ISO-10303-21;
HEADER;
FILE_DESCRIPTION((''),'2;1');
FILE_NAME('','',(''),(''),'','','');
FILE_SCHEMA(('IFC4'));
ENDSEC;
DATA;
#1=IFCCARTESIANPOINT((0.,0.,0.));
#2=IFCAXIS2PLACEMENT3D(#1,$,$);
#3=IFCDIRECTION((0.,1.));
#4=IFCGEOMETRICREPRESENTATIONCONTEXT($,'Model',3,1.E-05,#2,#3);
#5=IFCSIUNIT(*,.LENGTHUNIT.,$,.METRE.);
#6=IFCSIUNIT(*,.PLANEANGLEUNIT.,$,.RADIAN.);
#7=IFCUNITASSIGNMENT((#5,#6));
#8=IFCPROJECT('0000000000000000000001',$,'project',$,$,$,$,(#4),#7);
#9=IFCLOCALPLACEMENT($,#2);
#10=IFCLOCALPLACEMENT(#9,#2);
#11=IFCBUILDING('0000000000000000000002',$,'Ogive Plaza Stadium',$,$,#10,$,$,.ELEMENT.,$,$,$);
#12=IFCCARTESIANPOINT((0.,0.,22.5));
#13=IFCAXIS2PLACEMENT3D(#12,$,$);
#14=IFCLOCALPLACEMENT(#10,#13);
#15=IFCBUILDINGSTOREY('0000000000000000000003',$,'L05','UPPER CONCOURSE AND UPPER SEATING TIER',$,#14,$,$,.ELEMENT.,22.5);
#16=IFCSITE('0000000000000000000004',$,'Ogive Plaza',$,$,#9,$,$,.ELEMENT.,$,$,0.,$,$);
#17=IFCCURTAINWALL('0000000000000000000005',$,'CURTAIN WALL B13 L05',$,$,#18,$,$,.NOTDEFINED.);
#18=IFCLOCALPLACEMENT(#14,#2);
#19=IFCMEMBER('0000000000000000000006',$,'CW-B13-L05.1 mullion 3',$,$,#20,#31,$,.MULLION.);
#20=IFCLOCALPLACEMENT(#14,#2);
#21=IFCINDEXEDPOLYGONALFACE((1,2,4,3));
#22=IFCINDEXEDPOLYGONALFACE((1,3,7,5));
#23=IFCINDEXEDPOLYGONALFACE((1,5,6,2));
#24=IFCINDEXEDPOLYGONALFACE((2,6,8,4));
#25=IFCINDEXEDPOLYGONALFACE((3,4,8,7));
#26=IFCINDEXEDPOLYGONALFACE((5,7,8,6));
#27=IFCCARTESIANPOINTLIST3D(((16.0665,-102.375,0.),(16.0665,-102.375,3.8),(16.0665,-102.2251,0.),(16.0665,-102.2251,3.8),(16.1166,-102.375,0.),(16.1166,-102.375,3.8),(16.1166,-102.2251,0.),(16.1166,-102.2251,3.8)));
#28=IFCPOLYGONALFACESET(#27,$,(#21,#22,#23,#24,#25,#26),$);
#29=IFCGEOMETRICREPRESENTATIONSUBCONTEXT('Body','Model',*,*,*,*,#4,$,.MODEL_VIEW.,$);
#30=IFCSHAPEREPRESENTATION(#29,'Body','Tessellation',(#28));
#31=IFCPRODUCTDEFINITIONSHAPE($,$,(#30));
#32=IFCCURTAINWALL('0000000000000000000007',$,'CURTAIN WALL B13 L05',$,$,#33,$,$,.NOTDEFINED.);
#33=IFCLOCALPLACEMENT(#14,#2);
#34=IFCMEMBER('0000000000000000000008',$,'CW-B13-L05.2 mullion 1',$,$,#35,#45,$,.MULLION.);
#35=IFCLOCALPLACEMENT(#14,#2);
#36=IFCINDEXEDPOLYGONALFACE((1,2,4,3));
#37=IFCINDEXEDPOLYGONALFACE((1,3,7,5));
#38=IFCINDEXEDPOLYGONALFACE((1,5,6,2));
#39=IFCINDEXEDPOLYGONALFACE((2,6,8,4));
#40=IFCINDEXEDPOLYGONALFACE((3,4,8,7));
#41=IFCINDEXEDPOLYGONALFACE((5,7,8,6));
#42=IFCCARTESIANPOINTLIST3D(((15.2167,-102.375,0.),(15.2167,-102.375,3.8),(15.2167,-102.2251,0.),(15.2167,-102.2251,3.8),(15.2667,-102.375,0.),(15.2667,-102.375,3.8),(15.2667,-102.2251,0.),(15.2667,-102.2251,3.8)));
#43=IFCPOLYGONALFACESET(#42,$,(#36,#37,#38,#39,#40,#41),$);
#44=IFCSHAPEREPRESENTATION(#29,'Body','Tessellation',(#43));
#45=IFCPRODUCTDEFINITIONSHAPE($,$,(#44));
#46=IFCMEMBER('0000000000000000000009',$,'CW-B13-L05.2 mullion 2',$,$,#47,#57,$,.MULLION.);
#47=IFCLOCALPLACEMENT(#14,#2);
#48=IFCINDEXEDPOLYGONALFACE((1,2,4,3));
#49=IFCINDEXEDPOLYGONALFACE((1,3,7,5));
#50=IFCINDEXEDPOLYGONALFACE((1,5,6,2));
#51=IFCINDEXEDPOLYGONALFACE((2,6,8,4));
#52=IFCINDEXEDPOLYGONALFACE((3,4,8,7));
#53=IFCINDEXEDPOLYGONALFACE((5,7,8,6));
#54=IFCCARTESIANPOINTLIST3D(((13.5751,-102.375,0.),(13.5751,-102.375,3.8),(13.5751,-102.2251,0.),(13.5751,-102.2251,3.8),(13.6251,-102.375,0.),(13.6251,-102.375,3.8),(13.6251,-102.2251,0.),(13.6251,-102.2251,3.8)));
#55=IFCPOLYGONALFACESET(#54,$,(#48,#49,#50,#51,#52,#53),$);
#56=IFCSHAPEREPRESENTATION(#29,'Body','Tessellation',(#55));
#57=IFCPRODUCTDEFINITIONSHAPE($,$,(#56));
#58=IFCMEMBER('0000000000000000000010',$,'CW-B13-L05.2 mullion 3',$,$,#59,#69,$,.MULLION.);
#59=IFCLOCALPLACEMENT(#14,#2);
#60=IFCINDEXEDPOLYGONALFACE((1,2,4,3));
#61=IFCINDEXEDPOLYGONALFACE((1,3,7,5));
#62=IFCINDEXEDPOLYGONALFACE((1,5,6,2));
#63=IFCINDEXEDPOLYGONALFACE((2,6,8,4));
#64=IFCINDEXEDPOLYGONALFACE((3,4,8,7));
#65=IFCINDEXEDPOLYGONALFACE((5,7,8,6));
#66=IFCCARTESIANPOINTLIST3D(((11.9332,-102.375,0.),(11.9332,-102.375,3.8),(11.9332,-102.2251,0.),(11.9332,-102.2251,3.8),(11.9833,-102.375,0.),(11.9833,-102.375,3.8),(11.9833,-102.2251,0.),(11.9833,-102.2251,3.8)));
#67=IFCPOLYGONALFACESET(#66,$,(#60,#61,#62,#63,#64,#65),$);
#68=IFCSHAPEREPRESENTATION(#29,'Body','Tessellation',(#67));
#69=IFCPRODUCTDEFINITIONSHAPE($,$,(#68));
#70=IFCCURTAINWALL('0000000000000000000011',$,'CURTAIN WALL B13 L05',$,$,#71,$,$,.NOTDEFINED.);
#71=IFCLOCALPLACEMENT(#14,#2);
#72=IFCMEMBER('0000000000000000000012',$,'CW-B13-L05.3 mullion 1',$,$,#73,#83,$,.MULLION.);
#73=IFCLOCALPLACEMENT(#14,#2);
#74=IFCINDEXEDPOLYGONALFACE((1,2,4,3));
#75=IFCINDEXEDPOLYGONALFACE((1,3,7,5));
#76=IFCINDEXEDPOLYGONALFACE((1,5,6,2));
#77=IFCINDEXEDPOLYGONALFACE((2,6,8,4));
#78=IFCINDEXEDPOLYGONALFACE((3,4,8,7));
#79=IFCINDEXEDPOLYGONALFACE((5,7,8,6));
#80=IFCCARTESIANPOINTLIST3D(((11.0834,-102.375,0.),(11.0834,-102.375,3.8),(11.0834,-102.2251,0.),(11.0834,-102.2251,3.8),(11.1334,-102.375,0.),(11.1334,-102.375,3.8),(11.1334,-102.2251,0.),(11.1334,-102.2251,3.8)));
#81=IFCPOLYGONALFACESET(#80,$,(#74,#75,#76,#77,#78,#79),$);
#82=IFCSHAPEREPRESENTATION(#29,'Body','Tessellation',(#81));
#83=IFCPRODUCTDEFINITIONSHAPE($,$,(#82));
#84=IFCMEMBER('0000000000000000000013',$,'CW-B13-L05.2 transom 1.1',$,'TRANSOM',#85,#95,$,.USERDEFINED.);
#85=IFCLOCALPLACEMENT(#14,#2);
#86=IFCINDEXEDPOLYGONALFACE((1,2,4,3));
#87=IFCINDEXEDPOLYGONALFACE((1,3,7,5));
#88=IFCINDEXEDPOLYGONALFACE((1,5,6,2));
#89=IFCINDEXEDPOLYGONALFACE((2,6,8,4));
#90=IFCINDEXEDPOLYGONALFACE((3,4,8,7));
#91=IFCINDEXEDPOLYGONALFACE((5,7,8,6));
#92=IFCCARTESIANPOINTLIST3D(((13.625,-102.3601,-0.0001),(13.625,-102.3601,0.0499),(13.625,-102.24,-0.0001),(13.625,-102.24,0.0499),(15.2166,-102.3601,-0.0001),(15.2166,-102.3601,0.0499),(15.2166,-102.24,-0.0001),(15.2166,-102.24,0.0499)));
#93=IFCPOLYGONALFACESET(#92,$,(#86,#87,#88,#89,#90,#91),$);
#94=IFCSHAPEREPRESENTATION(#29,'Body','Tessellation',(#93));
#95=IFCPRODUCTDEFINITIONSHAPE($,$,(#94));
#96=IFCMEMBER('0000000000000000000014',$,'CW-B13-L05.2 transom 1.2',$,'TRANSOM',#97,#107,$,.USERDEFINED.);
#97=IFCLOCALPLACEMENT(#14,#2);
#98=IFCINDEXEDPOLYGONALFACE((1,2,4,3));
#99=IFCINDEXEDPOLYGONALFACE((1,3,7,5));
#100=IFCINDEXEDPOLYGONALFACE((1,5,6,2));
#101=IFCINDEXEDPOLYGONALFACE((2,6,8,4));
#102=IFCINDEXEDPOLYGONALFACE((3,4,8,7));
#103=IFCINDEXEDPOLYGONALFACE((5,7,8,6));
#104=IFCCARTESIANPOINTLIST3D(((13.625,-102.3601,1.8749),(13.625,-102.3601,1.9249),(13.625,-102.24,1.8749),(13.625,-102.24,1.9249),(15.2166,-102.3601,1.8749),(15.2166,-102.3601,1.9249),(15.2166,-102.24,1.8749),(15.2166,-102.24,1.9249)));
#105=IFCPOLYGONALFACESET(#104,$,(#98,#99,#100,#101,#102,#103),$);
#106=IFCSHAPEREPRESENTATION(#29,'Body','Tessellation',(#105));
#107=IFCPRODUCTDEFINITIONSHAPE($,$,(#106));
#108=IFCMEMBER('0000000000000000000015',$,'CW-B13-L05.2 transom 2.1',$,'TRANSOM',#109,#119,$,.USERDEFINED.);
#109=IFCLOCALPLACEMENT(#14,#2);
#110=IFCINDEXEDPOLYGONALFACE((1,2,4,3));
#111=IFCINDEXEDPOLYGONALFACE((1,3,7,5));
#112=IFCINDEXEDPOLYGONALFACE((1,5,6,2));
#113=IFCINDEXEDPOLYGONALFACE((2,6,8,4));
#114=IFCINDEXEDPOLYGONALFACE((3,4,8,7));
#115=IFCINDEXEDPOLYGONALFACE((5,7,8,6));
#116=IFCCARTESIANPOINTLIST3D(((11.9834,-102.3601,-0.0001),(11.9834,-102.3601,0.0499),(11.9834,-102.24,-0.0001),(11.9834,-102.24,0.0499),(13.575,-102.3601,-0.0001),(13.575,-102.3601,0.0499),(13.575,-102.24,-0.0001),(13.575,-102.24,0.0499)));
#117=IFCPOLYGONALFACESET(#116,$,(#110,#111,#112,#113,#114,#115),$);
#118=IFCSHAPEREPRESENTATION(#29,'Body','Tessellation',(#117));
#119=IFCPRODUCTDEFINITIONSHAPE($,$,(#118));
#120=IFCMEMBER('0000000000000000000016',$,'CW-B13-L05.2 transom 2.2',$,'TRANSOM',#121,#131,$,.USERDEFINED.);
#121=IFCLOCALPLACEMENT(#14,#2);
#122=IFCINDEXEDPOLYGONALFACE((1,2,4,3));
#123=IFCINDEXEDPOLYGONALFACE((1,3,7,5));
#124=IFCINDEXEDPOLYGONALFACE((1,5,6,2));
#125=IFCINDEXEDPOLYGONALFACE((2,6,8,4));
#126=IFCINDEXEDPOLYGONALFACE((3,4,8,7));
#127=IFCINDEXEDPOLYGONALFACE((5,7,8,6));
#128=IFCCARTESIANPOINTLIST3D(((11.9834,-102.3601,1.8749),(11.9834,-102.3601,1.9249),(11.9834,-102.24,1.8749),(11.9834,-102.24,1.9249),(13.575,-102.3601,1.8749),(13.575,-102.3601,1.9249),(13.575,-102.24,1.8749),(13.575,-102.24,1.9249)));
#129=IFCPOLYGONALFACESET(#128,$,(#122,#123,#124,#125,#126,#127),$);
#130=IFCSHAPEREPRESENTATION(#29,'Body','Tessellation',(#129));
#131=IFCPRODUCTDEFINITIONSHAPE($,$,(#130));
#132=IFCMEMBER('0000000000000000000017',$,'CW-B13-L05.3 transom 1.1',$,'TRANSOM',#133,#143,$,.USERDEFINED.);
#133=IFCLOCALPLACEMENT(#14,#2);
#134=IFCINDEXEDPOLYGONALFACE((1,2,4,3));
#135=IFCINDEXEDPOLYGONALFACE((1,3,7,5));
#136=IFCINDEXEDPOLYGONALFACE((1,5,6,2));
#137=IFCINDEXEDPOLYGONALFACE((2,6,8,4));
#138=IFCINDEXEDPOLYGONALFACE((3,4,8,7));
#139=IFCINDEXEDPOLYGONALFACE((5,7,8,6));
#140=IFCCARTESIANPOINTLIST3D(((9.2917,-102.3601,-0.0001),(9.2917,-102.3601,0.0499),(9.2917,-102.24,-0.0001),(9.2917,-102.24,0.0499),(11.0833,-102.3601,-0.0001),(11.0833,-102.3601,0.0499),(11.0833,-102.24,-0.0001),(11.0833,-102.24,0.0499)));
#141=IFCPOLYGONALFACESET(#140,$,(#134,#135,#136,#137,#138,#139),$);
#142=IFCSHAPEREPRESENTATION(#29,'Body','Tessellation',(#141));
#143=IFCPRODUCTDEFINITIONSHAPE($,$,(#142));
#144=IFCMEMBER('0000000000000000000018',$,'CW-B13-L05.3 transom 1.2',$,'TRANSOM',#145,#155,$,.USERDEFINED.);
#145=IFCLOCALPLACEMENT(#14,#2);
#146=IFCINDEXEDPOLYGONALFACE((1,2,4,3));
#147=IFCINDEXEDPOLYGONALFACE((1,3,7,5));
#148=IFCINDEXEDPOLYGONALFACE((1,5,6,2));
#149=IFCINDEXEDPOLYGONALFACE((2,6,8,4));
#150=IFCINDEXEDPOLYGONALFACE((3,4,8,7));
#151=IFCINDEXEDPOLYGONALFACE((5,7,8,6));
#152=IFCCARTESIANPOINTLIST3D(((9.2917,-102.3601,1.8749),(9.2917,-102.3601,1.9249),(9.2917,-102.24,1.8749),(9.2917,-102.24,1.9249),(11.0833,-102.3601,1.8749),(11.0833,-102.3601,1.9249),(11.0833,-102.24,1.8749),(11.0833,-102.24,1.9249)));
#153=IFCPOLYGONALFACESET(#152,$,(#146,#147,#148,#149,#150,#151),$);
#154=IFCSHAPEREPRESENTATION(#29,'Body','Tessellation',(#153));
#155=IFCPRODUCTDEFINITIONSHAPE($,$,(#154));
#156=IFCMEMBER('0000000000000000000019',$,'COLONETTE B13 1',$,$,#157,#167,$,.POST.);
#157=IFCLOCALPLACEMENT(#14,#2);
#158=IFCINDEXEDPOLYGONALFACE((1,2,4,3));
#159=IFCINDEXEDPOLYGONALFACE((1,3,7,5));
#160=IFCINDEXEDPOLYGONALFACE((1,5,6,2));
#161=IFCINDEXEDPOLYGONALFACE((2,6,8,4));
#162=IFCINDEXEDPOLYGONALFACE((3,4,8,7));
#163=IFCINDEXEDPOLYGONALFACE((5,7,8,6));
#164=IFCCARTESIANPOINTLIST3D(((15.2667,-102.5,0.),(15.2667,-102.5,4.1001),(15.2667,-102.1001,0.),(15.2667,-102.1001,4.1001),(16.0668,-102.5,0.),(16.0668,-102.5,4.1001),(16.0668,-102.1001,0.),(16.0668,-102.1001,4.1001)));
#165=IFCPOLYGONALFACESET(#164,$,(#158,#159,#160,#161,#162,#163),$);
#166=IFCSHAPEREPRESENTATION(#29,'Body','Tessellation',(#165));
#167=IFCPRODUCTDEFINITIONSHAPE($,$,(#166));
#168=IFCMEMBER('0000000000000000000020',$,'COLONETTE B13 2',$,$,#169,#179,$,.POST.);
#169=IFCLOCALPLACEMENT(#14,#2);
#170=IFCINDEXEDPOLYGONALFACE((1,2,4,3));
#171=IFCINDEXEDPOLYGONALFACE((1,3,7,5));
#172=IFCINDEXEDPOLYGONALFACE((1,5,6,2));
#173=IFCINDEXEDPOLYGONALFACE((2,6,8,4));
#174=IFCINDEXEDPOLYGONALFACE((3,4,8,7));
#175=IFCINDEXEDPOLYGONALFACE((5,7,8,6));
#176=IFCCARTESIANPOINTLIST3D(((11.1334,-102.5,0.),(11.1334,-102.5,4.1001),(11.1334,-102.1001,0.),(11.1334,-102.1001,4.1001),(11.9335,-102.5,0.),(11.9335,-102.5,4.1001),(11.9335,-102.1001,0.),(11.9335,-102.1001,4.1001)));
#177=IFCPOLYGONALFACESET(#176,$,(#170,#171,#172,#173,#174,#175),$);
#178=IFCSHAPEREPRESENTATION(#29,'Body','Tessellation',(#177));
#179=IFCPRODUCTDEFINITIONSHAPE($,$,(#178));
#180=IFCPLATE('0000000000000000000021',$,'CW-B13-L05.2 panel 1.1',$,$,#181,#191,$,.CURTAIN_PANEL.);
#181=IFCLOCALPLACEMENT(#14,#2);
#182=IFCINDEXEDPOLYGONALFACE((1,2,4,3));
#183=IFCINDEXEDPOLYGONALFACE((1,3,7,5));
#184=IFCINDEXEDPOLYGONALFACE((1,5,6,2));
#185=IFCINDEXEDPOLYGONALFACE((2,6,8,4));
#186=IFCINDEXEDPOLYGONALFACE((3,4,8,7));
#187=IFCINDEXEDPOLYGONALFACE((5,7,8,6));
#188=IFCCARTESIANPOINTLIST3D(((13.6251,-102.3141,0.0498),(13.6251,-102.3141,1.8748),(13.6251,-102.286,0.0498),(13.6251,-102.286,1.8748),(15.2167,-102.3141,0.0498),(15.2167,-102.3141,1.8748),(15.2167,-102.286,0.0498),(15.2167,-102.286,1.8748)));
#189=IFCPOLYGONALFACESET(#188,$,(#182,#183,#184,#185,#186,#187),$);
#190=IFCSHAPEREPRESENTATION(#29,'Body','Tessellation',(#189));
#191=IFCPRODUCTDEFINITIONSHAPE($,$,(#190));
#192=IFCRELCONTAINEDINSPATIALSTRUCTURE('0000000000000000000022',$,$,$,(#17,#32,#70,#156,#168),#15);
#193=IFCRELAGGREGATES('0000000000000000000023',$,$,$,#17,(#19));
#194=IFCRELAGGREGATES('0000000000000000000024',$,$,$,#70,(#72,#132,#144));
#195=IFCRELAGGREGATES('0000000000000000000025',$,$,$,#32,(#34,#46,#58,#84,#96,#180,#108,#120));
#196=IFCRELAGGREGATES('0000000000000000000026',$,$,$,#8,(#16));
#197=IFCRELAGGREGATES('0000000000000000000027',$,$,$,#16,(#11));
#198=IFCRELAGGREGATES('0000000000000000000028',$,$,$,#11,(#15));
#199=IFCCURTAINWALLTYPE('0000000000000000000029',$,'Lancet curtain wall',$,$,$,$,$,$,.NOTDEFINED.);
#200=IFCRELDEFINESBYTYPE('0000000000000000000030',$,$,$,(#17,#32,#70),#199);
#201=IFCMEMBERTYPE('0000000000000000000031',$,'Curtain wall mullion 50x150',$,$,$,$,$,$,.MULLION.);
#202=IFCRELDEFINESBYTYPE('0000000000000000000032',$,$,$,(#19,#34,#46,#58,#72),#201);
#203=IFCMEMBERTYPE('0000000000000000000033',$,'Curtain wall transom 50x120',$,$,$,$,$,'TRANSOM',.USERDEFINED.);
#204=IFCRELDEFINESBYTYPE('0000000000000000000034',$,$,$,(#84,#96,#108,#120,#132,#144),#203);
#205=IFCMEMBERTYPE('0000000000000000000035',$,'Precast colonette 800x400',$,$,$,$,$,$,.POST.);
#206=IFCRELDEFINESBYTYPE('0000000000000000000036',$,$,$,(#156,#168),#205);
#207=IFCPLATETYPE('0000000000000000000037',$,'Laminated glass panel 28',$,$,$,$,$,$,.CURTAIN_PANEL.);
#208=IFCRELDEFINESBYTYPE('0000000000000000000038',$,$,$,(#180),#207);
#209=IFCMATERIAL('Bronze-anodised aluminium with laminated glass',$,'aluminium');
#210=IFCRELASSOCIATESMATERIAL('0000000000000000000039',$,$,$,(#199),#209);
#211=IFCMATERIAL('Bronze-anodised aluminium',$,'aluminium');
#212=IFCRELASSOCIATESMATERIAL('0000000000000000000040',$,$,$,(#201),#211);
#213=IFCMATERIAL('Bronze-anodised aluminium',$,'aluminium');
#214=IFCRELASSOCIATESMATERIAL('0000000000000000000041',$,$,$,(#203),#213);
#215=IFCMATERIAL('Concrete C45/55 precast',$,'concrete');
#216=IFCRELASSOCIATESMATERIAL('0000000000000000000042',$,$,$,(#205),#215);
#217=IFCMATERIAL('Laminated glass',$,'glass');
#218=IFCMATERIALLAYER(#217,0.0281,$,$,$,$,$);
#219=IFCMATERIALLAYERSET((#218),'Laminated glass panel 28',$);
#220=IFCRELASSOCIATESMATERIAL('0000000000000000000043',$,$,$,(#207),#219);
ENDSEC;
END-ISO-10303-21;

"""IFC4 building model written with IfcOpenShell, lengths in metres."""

from ifc_helpers import new_model, si_unit, direction, frame, origin, origin_2d, place, context, subcontext, project, spatial, rectangle, extrude, material, layer, layer_set, material_profile, profile_set, type_object, element, aggregate, save


model = new_model("IFC4")

# Units and contexts
model_context = context("Model", 3, precision=1e-05, world=origin(), true_north=direction((0.0, 1.0)))
body_context = subcontext(model_context, "Body", "Model", "MODEL_VIEW")
ifc_project = project(units=[si_unit("LENGTHUNIT", "METRE"), si_unit("PLANEANGLEUNIT", "RADIAN")], contexts=[model_context])

# Site, building, storey
site_placement = place(None, origin())
site = spatial("IfcSite", under=ifc_project, at=site_placement, Name="Ogive Plaza", CompositionType="ELEMENT", RefElevation=0.0)
building_placement = place(site_placement, origin())
building = spatial("IfcBuilding", under=site, at=building_placement, Name="Ogive Plaza Stadium", CompositionType="ELEMENT")
storey_placement = place(building_placement, frame((0.0, 0.0, 22.5)))
storey = spatial("IfcBuildingStorey", under=building, at=storey_placement, Name="L05", Description="UPPER CONCOURSE AND UPPER SEATING TIER", CompositionType="ELEMENT", Elevation=22.5)

# Curtain wall, member
ifc_material_1 = material(Name="Bronze-anodised aluminium with laminated glass", Category="aluminium")
curtain_wall_type = type_object("IfcCurtainWallType", Name="Lancet curtain wall", PredefinedType="NOTDEFINED", material=ifc_material_1)
curtain_wall_1_placement = place(storey_placement, origin())
curtain_wall_1 = element("IfcCurtainWall", 1, at=curtain_wall_1_placement, inside=storey, type_object=curtain_wall_type, Name="CURTAIN WALL B13 L05", PredefinedType="NOTDEFINED")
ifc_material_2 = material(Name="Bronze-anodised aluminium", Category="aluminium")
ifc_material_profile_1 = material_profile(ifc_material_2, rectangle(XDim=0.1499, YDim=0.05, at=origin_2d()), Name="AL 150x50")
ifc_profile_set_1 = profile_set([ifc_material_profile_1], Name="Bronze-anodised aluminium")
member_type_1 = type_object("IfcMemberType", Name="Curtain wall mullion 50x150", PredefinedType="MULLION", material=ifc_profile_set_1)
member_1_placement = place(storey_placement, frame((16.0916, -102.3, 0.0), z_axis=(0.0, 0.0, 1.0), x_axis=(0.0, -1.0, 0.0)))
member_1 = element("IfcMember", 2, at=member_1_placement, type_object=member_type_1, Name="CW-B13-L05.1 mullion 3", PredefinedType="MULLION", context=body_context, shape_type="SweptSolid", body=[
    extrude(rectangle(XDim=0.1499, YDim=0.05, at=origin_2d()), origin(), (0.0, 0.0, 1.0), 3.8),
])
aggregate(curtain_wall_1, [member_1])

# Curtain wall, members
curtain_wall_2_placement = place(storey_placement, origin())
curtain_wall_2 = element("IfcCurtainWall", 3, at=curtain_wall_2_placement, inside=storey, type_object=curtain_wall_type, Name="CURTAIN WALL B13 L05", PredefinedType="NOTDEFINED")
member_2_placement = place(storey_placement, frame((15.2417, -102.3, 0.0), z_axis=(0.0, 0.0, 1.0), x_axis=(0.0, -1.0, 0.0)))
member_2 = element("IfcMember", 4, at=member_2_placement, type_object=member_type_1, Name="CW-B13-L05.2 mullion 1", PredefinedType="MULLION", context=body_context, shape_type="SweptSolid", body=[
    extrude(rectangle(XDim=0.1499, YDim=0.05, at=origin_2d()), origin(), (0.0, 0.0, 1.0), 3.8),
])
member_3_placement = place(storey_placement, frame((13.6001, -102.3, 0.0), z_axis=(0.0, 0.0, 1.0), x_axis=(0.0, -1.0, 0.0)))
member_3 = element("IfcMember", 5, at=member_3_placement, type_object=member_type_1, Name="CW-B13-L05.2 mullion 2", PredefinedType="MULLION", context=body_context, shape_type="SweptSolid", body=[
    extrude(rectangle(XDim=0.1499, YDim=0.05, at=origin_2d()), origin(), (0.0, 0.0, 1.0), 3.8),
])
member_4_placement = place(storey_placement, frame((11.9583, -102.3, 0.0), z_axis=(0.0, 0.0, 1.0), x_axis=(0.0, -1.0, 0.0)))
member_4 = element("IfcMember", 6, at=member_4_placement, type_object=member_type_1, Name="CW-B13-L05.2 mullion 3", PredefinedType="MULLION", context=body_context, shape_type="SweptSolid", body=[
    extrude(rectangle(XDim=0.1499, YDim=0.05, at=origin_2d()), origin(), (0.0, 0.0, 1.0), 3.8),
])

# Curtain wall, member
curtain_wall_3_placement = place(storey_placement, origin())
curtain_wall_3 = element("IfcCurtainWall", 7, at=curtain_wall_3_placement, inside=storey, type_object=curtain_wall_type, Name="CURTAIN WALL B13 L05", PredefinedType="NOTDEFINED")
member_5_placement = place(storey_placement, frame((11.1084, -102.3, 0.0), z_axis=(0.0, 0.0, 1.0), x_axis=(0.0, -1.0, 0.0)))
member_5 = element("IfcMember", 8, at=member_5_placement, type_object=member_type_1, Name="CW-B13-L05.3 mullion 1", PredefinedType="MULLION", context=body_context, shape_type="SweptSolid", body=[
    extrude(rectangle(XDim=0.1499, YDim=0.05, at=origin_2d()), origin(), (0.0, 0.0, 1.0), 3.8),
])

# Members
ifc_material_3 = material(Name="Bronze-anodised aluminium", Category="aluminium")
ifc_material_profile_2 = material_profile(ifc_material_3, rectangle(XDim=0.1201, YDim=0.05, at=origin_2d()), Name="AL 120x50")
ifc_profile_set_2 = profile_set([ifc_material_profile_2], Name="Bronze-anodised aluminium")
member_type_2 = type_object("IfcMemberType", Name="Curtain wall transom 50x120", ElementType="TRANSOM", PredefinedType="USERDEFINED", material=ifc_profile_set_2)
member_6_placement = place(storey_placement, frame((15.2166, -102.3, 0.0249), z_axis=(-1.0, 0.0, 0.0), x_axis=(0.0, -1.0, 0.0)))
member_6 = element("IfcMember", 9, at=member_6_placement, type_object=member_type_2, Name="CW-B13-L05.2 transom 1.1", ObjectType="TRANSOM", PredefinedType="USERDEFINED", context=body_context, shape_type="SweptSolid", body=[
    extrude(rectangle(XDim=0.1201, YDim=0.05, at=origin_2d()), origin(), (0.0, 0.0, 1.0), 1.5916),
])
member_7_placement = place(storey_placement, frame((15.2166, -102.3, 1.8999), z_axis=(-1.0, 0.0, 0.0), x_axis=(0.0, -1.0, 0.0)))
member_7 = element("IfcMember", 10, at=member_7_placement, type_object=member_type_2, Name="CW-B13-L05.2 transom 1.2", ObjectType="TRANSOM", PredefinedType="USERDEFINED", context=body_context, shape_type="SweptSolid", body=[
    extrude(rectangle(XDim=0.1201, YDim=0.05, at=origin_2d()), origin(), (0.0, 0.0, 1.0), 1.5916),
])
member_8_placement = place(storey_placement, frame((13.575, -102.3, 0.0249), z_axis=(-1.0, 0.0, 0.0), x_axis=(0.0, -1.0, 0.0)))
member_8 = element("IfcMember", 11, at=member_8_placement, type_object=member_type_2, Name="CW-B13-L05.2 transom 2.1", ObjectType="TRANSOM", PredefinedType="USERDEFINED", context=body_context, shape_type="SweptSolid", body=[
    extrude(rectangle(XDim=0.1201, YDim=0.05, at=origin_2d()), origin(), (0.0, 0.0, 1.0), 1.5916),
])
member_9_placement = place(storey_placement, frame((13.575, -102.3, 1.8999), z_axis=(-1.0, 0.0, 0.0), x_axis=(0.0, -1.0, 0.0)))
member_9 = element("IfcMember", 12, at=member_9_placement, type_object=member_type_2, Name="CW-B13-L05.2 transom 2.2", ObjectType="TRANSOM", PredefinedType="USERDEFINED", context=body_context, shape_type="SweptSolid", body=[
    extrude(rectangle(XDim=0.1201, YDim=0.05, at=origin_2d()), origin(), (0.0, 0.0, 1.0), 1.5916),
])
member_10_placement = place(storey_placement, frame((11.0833, -102.3, 0.0249), z_axis=(-1.0, 0.0, 0.0), x_axis=(0.0, -1.0, 0.0)))
member_10 = element("IfcMember", 13, at=member_10_placement, type_object=member_type_2, Name="CW-B13-L05.3 transom 1.1", ObjectType="TRANSOM", PredefinedType="USERDEFINED", context=body_context, shape_type="SweptSolid", body=[
    extrude(rectangle(XDim=0.1201, YDim=0.05, at=origin_2d()), origin(), (0.0, 0.0, 1.0), 1.7915),
])
member_11_placement = place(storey_placement, frame((11.0833, -102.3, 1.8999), z_axis=(-1.0, 0.0, 0.0), x_axis=(0.0, -1.0, 0.0)))
member_11 = element("IfcMember", 14, at=member_11_placement, type_object=member_type_2, Name="CW-B13-L05.3 transom 1.2", ObjectType="TRANSOM", PredefinedType="USERDEFINED", context=body_context, shape_type="SweptSolid", body=[
    extrude(rectangle(XDim=0.1201, YDim=0.05, at=origin_2d()), origin(), (0.0, 0.0, 1.0), 1.7915),
])
aggregate(curtain_wall_3, [member_5, member_10, member_11])

# Members
ifc_material_4 = material(Name="Concrete C45/55 precast", Category="concrete")
ifc_material_profile_3 = material_profile(ifc_material_4, rectangle(XDim=0.3999, YDim=0.8, at=origin_2d()), Name="RC 400x800")
ifc_profile_set_3 = profile_set([ifc_material_profile_3], Name="Concrete C45/55 precast")
member_type_3 = type_object("IfcMemberType", Name="Precast colonette 800x400", PredefinedType="POST", material=ifc_profile_set_3)
for number, where, z_axis, x_axis, name in (
    (15, (15.6667, -102.3, 0.0), (0.0, 0.0, 1.0), (0.0, -1.0, 0.0), "COLONETTE B13 1"),
    (16, (11.5334, -102.3, 0.0), (0.0, 0.0, 1.0), (0.0, -1.0, 0.0), "COLONETTE B13 2"),
):
    element("IfcMember", number, at=place(storey_placement, frame(where, z_axis=z_axis, x_axis=x_axis)), inside=storey, type_object=member_type_3, Name=name, PredefinedType="POST", context=body_context, shape_type="SweptSolid", body=[
        extrude(rectangle(XDim=0.3999, YDim=0.8, at=origin_2d()), origin(), (0.0, 0.0, 1.0), 4.1001),
    ])

# Plate
ifc_material_5 = material(Name="Laminated glass", Category="glass")
ifc_layer_1 = layer(ifc_material_5, 0.0281)
ifc_layer_set_1 = layer_set([ifc_layer_1], Name="Laminated glass panel 28")
plate_type = type_object("IfcPlateType", Name="Laminated glass panel 28", PredefinedType="CURTAIN_PANEL", material=ifc_layer_set_1)
plate_1_placement = place(storey_placement, frame((14.4209, -102.3, 0.0498), z_axis=(0.0, 0.0, 1.0), x_axis=(-1.0, 0.0, 0.0)))
plate_1 = element("IfcPlate", 17, at=plate_1_placement, type_object=plate_type, Name="CW-B13-L05.2 panel 1.1", PredefinedType="CURTAIN_PANEL", context=body_context, shape_type="SweptSolid", body=[
    extrude(rectangle(XDim=1.5916, YDim=0.0281, at=origin_2d()), origin(), (0.0, 0.0, 1.0), 1.825),
])
aggregate(curtain_wall_2, [member_2, member_3, member_4, member_6, member_7, plate_1, member_8, member_9])

save(model, "model.ifc")
